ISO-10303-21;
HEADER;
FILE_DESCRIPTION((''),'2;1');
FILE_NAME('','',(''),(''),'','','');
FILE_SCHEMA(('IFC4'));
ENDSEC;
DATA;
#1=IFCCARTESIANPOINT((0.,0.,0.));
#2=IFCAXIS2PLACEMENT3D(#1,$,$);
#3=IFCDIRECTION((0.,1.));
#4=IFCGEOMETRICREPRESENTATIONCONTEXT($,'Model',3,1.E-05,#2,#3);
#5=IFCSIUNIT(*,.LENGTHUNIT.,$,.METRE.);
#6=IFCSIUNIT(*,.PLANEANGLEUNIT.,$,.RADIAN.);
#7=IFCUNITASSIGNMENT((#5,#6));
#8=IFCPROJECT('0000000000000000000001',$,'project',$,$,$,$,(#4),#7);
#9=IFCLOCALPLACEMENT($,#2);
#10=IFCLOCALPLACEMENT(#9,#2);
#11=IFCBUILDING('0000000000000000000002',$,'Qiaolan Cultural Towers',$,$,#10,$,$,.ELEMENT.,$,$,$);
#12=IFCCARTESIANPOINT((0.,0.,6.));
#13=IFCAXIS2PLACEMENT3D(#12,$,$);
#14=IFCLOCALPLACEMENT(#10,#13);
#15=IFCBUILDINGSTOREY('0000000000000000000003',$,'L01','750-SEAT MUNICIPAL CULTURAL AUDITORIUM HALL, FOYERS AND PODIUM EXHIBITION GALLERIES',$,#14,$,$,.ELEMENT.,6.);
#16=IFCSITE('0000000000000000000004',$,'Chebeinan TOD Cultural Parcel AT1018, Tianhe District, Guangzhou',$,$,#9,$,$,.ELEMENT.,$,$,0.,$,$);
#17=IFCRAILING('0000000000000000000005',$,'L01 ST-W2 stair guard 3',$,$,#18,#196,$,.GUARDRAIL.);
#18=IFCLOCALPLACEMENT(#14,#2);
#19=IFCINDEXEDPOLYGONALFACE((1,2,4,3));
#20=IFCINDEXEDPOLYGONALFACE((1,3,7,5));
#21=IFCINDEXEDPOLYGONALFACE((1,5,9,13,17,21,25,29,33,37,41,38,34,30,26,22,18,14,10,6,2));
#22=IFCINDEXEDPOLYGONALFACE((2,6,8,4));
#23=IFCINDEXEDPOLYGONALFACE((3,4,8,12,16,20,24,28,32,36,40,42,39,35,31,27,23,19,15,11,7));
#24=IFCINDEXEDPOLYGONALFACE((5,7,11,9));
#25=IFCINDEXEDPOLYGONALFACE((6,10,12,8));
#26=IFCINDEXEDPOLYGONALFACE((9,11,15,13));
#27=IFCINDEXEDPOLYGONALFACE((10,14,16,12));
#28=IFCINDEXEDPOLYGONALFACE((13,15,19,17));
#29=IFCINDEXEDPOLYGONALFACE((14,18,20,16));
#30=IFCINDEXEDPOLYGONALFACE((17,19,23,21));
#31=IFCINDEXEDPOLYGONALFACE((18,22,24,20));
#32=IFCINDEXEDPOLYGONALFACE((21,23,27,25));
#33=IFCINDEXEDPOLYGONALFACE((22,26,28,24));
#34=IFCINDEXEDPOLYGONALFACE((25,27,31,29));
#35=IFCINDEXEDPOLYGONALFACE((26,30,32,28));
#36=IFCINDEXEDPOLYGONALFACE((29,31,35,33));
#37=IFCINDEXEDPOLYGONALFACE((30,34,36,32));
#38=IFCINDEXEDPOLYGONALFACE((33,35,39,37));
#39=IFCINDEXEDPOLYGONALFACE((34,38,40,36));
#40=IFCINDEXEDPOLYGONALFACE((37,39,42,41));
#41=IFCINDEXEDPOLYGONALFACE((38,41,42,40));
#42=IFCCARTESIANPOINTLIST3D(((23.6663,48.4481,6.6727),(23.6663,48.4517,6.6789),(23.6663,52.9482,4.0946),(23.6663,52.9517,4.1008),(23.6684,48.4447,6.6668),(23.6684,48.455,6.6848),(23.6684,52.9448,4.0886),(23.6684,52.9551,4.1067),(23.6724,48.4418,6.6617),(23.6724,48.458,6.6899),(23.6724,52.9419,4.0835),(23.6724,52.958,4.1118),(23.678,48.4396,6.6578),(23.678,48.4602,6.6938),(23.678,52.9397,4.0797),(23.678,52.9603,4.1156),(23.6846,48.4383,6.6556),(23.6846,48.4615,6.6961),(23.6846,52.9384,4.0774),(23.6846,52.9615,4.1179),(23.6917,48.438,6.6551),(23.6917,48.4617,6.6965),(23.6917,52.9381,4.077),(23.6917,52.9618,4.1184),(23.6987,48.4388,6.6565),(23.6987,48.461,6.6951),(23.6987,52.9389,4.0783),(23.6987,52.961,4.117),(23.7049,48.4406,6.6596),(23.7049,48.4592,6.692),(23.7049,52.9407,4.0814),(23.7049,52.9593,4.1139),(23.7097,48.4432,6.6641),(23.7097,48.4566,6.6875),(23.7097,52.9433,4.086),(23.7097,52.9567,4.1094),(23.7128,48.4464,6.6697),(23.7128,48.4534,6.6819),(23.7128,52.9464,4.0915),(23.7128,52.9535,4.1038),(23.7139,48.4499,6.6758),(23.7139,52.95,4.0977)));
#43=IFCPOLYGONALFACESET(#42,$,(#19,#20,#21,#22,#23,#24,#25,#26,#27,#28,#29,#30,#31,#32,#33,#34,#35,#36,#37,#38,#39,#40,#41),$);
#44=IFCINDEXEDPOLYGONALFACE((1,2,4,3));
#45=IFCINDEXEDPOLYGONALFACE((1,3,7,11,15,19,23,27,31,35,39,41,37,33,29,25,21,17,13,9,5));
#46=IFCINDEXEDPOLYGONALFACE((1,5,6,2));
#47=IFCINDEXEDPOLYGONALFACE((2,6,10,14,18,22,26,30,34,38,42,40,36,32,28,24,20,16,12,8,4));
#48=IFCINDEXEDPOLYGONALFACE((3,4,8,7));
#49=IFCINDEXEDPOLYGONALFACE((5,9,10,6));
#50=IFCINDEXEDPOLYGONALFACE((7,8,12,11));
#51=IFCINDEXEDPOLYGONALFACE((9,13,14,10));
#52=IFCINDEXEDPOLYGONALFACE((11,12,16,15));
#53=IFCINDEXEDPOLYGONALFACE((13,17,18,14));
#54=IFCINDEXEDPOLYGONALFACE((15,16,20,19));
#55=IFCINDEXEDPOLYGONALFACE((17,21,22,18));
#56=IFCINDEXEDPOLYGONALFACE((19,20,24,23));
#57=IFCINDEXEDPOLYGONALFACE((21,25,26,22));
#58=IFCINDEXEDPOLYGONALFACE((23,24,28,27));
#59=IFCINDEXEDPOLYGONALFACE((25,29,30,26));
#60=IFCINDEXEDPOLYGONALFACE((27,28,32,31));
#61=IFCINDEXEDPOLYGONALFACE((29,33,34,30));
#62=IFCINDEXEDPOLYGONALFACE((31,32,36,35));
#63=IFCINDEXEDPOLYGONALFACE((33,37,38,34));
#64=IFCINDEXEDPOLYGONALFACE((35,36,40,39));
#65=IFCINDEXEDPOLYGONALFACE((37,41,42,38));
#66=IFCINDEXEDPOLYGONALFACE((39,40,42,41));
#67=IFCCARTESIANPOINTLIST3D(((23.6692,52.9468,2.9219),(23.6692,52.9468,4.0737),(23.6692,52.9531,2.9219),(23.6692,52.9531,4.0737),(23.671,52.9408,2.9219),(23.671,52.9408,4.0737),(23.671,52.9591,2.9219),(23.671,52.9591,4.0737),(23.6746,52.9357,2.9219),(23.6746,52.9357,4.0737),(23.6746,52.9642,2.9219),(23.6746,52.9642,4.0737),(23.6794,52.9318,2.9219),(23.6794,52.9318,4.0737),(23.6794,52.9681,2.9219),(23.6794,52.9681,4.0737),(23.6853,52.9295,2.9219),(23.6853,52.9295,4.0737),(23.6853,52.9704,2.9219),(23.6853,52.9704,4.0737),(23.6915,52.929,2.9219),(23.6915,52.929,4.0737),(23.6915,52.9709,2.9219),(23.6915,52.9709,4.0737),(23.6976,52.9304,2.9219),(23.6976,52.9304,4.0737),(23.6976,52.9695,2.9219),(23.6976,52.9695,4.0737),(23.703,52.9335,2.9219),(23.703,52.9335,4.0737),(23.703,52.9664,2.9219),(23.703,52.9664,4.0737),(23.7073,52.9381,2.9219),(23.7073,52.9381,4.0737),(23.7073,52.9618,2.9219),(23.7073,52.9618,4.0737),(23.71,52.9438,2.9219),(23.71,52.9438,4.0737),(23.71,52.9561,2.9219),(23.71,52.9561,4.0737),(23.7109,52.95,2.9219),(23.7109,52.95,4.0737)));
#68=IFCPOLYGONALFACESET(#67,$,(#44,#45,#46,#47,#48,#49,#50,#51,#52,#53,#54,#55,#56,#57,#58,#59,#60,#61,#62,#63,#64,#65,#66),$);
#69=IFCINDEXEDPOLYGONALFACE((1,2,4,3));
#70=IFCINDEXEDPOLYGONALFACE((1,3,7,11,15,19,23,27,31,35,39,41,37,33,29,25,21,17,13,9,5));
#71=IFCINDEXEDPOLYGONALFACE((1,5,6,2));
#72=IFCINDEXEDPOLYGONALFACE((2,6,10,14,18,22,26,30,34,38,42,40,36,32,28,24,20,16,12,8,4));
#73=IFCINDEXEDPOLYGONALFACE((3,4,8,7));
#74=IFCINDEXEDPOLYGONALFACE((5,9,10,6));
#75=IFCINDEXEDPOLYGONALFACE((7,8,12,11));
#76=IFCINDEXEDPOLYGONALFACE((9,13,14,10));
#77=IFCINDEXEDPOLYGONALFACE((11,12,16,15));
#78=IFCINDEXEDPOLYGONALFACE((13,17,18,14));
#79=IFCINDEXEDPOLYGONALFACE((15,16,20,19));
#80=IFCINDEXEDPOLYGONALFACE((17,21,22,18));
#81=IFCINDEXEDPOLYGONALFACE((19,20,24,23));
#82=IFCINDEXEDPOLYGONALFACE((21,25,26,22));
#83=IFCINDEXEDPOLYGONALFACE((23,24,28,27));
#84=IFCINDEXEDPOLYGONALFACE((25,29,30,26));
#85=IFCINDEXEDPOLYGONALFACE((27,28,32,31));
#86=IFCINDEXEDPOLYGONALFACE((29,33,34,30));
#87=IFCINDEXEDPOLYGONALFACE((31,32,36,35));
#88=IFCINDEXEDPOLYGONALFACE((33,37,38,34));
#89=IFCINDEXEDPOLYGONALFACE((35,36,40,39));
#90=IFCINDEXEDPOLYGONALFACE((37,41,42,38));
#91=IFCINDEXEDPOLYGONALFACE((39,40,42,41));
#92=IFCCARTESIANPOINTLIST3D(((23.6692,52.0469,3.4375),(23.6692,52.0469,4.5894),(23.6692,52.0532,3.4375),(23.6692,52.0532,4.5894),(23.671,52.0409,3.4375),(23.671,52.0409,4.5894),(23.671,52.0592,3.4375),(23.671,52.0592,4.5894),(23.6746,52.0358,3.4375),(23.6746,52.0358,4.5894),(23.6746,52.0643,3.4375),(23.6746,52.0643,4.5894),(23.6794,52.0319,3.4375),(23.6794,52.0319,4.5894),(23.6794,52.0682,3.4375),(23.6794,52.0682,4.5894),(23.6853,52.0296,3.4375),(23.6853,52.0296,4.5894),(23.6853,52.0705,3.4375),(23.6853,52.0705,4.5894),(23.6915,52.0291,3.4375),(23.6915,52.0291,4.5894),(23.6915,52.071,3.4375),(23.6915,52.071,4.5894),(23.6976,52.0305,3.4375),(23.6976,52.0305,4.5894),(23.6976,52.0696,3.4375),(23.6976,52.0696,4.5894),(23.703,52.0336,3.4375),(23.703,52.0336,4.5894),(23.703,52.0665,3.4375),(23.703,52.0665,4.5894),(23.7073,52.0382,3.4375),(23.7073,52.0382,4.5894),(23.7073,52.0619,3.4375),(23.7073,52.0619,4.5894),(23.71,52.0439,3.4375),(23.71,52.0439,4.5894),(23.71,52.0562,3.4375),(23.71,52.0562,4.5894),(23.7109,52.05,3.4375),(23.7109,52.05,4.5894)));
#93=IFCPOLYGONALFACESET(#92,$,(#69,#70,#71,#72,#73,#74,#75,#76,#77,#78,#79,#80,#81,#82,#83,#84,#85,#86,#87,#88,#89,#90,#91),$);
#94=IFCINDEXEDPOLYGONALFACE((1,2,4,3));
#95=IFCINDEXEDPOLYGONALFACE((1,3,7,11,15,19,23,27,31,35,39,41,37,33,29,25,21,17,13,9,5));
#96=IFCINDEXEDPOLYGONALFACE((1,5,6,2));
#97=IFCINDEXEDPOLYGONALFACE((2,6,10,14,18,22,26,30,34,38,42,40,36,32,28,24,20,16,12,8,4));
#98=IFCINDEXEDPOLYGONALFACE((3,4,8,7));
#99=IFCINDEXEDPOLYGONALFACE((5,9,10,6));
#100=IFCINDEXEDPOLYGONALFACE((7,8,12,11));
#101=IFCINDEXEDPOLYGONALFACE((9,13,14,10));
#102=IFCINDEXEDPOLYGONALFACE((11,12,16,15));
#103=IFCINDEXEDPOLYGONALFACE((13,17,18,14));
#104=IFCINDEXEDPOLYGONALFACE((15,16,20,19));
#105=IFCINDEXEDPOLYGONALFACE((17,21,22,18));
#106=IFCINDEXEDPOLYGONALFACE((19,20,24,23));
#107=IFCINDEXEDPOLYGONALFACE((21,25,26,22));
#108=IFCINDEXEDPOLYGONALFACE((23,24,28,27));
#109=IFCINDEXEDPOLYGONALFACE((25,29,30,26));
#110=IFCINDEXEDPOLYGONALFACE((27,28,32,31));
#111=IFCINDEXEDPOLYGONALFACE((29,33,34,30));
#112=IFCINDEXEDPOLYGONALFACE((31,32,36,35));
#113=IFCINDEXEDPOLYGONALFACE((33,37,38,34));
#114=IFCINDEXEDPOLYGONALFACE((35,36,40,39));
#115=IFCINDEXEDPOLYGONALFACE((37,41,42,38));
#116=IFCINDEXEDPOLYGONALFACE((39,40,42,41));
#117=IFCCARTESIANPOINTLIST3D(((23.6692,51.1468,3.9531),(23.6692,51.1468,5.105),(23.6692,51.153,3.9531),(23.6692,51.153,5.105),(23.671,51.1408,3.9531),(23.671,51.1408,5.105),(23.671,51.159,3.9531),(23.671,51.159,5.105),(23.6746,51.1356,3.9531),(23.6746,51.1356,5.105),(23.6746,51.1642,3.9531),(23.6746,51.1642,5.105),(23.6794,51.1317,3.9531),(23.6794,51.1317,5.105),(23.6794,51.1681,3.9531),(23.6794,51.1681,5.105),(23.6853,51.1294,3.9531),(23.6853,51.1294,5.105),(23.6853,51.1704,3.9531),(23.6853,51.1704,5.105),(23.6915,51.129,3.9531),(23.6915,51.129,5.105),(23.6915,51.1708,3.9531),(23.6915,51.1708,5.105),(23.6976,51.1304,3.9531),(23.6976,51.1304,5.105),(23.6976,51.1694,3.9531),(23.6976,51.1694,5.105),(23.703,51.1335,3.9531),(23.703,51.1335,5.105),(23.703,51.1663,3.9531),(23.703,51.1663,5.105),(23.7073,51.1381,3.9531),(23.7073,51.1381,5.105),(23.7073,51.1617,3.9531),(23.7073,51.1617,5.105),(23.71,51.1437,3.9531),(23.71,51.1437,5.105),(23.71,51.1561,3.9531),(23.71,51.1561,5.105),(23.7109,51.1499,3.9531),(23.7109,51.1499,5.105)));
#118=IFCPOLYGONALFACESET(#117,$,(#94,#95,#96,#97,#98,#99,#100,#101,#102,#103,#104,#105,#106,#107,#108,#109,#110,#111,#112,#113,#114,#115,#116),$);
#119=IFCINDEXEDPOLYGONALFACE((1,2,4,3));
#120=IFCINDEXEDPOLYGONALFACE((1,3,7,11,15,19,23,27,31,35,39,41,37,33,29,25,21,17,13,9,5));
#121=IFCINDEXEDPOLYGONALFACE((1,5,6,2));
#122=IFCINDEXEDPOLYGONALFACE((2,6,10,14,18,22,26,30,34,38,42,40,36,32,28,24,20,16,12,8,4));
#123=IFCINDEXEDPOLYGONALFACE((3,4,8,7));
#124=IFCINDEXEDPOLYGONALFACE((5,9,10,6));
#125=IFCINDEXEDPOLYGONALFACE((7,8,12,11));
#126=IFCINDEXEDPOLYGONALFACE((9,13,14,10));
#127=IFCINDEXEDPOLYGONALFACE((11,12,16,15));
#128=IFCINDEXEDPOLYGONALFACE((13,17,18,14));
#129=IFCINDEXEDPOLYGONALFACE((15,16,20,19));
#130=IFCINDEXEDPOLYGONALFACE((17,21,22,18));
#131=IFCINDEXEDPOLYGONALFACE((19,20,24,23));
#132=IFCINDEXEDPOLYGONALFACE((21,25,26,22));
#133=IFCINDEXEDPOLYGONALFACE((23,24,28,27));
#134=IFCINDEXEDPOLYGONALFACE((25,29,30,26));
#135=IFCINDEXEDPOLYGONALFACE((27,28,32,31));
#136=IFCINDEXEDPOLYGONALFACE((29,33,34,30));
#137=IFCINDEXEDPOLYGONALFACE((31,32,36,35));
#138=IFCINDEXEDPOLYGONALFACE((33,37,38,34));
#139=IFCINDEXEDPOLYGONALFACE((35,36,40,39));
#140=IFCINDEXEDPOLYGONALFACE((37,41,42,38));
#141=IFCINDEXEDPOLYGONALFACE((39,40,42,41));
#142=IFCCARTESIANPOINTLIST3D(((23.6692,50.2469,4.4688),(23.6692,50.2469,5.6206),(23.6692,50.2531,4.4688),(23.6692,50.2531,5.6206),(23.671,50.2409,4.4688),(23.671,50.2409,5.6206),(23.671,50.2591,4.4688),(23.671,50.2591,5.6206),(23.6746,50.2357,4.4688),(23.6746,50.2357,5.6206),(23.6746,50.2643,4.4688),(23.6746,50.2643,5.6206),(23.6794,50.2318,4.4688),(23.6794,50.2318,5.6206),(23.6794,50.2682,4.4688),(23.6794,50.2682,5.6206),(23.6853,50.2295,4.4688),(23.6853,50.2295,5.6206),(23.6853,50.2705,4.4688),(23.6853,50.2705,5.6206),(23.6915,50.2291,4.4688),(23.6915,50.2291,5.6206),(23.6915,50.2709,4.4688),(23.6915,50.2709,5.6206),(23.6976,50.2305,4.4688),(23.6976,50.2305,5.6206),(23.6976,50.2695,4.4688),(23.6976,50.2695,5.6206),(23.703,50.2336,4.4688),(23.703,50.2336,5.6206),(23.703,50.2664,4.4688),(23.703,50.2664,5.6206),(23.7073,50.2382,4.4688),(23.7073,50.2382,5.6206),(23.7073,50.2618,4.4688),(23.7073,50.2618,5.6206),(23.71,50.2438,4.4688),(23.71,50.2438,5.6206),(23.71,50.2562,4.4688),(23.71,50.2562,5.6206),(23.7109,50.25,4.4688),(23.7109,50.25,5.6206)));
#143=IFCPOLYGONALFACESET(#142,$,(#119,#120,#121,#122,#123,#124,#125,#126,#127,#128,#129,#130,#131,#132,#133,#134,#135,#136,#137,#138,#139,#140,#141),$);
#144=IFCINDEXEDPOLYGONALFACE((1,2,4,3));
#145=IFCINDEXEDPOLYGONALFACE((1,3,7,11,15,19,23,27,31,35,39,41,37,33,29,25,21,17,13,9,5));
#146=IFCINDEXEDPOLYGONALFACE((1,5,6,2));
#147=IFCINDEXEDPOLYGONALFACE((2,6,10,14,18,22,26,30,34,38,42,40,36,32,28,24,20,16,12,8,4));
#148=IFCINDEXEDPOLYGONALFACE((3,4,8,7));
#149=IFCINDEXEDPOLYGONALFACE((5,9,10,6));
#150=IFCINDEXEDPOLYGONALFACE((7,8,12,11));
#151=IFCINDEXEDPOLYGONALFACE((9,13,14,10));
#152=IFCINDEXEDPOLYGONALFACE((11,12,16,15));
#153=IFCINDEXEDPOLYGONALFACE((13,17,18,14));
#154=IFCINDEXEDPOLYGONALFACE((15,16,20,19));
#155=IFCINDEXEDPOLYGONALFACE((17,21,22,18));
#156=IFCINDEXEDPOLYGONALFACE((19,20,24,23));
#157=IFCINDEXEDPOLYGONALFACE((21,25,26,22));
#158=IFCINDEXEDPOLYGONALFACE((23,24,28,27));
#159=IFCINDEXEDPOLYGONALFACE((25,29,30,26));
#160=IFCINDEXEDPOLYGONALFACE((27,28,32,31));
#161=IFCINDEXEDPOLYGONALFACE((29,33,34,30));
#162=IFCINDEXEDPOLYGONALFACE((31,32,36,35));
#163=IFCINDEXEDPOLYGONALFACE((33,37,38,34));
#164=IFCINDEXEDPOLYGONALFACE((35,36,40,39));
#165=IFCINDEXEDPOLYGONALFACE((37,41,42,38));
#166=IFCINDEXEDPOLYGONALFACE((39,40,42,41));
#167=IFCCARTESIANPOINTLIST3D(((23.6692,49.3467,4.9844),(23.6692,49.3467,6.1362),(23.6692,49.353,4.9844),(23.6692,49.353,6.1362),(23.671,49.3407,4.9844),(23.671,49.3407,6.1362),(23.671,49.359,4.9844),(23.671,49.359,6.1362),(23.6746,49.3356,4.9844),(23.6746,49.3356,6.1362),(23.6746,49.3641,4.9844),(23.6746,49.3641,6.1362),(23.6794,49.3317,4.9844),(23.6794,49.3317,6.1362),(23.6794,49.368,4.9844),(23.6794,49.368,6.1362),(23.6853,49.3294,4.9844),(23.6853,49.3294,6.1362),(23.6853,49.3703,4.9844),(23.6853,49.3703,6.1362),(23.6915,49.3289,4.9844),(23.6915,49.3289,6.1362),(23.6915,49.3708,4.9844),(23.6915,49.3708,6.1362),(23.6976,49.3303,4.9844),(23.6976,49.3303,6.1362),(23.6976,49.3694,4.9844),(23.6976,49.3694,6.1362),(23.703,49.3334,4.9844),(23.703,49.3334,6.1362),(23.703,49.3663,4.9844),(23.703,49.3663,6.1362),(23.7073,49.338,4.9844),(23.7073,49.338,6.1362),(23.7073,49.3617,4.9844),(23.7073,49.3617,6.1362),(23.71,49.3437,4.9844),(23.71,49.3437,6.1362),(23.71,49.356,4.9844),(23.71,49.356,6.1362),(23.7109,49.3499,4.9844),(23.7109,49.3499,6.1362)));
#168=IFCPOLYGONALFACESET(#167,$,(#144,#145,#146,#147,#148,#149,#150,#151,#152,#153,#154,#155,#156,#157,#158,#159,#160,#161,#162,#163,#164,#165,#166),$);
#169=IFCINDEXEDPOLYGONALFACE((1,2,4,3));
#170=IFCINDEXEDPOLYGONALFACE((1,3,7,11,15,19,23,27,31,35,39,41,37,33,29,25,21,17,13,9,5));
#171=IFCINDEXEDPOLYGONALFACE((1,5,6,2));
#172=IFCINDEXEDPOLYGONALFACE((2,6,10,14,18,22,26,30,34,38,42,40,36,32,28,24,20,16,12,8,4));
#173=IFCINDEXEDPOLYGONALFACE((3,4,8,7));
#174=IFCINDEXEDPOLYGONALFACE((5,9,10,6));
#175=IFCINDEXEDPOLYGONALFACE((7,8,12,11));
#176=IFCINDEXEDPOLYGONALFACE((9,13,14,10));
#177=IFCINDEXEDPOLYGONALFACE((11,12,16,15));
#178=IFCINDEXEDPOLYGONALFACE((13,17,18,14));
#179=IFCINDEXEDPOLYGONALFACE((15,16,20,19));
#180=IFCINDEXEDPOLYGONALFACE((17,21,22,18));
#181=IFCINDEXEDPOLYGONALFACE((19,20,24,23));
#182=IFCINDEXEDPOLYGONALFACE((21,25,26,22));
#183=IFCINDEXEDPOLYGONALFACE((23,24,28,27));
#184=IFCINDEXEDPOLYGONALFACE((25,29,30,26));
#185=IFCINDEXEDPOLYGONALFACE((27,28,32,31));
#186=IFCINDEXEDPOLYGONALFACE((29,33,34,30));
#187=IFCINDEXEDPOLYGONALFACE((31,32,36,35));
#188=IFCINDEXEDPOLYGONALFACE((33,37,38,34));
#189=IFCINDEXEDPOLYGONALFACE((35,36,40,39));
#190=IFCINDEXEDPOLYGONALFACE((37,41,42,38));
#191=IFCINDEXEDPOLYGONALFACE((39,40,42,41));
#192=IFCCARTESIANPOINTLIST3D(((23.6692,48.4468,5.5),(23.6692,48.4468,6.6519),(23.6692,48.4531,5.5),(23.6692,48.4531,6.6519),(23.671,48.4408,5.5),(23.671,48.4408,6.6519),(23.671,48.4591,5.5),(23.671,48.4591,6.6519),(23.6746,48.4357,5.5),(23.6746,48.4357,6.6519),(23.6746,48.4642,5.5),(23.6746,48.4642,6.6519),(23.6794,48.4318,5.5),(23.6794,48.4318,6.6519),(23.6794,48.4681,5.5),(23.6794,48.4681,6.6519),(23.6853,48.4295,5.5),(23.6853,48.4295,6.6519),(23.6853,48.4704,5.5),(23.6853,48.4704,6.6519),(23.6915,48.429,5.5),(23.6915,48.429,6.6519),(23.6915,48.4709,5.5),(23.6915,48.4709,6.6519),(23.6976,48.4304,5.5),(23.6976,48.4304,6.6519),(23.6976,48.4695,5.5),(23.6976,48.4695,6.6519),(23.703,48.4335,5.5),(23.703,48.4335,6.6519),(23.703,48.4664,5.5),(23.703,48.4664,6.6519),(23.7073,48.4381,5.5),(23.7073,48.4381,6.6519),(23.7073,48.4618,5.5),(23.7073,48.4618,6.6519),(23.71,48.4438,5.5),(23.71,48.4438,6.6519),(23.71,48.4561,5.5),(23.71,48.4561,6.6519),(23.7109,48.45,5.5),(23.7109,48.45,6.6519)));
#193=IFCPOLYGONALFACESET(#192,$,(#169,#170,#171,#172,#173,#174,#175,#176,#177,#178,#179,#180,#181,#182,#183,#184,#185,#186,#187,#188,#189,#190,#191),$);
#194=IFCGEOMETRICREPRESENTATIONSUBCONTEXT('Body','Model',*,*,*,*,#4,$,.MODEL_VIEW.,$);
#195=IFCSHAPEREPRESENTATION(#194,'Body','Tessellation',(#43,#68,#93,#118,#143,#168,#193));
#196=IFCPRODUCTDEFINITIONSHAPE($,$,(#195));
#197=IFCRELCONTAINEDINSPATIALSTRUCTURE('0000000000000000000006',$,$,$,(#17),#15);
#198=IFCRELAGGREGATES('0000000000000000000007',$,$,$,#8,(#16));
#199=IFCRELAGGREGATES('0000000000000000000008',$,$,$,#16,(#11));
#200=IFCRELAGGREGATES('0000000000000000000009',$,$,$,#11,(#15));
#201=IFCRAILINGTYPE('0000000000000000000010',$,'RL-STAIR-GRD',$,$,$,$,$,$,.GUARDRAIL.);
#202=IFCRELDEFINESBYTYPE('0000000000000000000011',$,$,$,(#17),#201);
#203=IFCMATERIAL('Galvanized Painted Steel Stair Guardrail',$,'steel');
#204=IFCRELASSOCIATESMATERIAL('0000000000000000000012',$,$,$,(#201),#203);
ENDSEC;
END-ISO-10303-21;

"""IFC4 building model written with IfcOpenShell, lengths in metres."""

from ifc_helpers import new_model, si_unit, direction, frame, origin, origin_2d, place, context, subcontext, project, spatial, circle, extrude, material, type_object, element, save


model = new_model("IFC4")

# Units and contexts
model_context = context("Model", 3, precision=1e-05, world=origin(), true_north=direction((0.0, 1.0)))
body_context = subcontext(model_context, "Body", "Model", "MODEL_VIEW")
ifc_project = project(units=[si_unit("LENGTHUNIT", "METRE"), si_unit("PLANEANGLEUNIT", "RADIAN")], contexts=[model_context])

# Site, building, storey
site_placement = place(None, origin())
site = spatial("IfcSite", under=ifc_project, at=site_placement, Name="Chebeinan TOD Cultural Parcel AT1018, Tianhe District, Guangzhou", CompositionType="ELEMENT", RefElevation=0.0)
building_placement = place(site_placement, origin())
building = spatial("IfcBuilding", under=site, at=building_placement, Name="Qiaolan Cultural Towers", CompositionType="ELEMENT")
storey_placement = place(building_placement, frame((0.0, 0.0, 6.0)))
storey = spatial("IfcBuildingStorey", under=building, at=storey_placement, Name="L01", Description="750-SEAT MUNICIPAL CULTURAL AUDITORIUM HALL, FOYERS AND PODIUM EXHIBITION GALLERIES", CompositionType="ELEMENT", Elevation=6.0)

# Railing
ifc_material_1 = material(Name="Galvanized Painted Steel Stair Guardrail", Category="steel")
railing_type_1 = type_object("IfcRailingType", Name="RL-STAIR-GRD", PredefinedType="GUARDRAIL", material=ifc_material_1)
railing_1_placement = place(storey_placement, frame((23.6899, 52.95, 2.9219)))
element("IfcRailing", 1, at=railing_1_placement, inside=storey, type_object=railing_type_1, Name="L01 ST-W2 stair guard 3", PredefinedType="GUARDRAIL", context=body_context, shape_type="SweptSolid", body=[
    extrude(circle(Radius=0.0239, at=origin_2d()), frame((0.0, 0.0, 1.1758), z_axis=(0.0, -0.867686, 0.497112), x_axis=(1.0, 0.0, 0.0)), (0.0, 0.0, 1.0), 5.1863),
    extrude(circle(Radius=0.021, at=origin_2d()), origin(), (0.0, 0.0, 1.0), 1.1519),
    extrude(circle(Radius=0.021, at=origin_2d()), frame((0.0, -0.8999, 0.5156)), (0.0, 0.0, 1.0), 1.1519),
    extrude(circle(Radius=0.021, at=origin_2d()), frame((0.0, -1.8, 1.0312)), (0.0, 0.0, 1.0), 1.1519),
    extrude(circle(Radius=0.021, at=origin_2d()), frame((0.0, -2.7, 1.5469)), (0.0, 0.0, 1.0), 1.1519),
    extrude(circle(Radius=0.021, at=origin_2d()), frame((0.0, -3.6001, 2.0625)), (0.0, 0.0, 1.0), 1.1519),
    extrude(circle(Radius=0.021, at=origin_2d()), frame((0.0, -4.5, 2.5781)), (0.0, 0.0, 1.0), 1.1519),
])

save(model, "model.ifc")
